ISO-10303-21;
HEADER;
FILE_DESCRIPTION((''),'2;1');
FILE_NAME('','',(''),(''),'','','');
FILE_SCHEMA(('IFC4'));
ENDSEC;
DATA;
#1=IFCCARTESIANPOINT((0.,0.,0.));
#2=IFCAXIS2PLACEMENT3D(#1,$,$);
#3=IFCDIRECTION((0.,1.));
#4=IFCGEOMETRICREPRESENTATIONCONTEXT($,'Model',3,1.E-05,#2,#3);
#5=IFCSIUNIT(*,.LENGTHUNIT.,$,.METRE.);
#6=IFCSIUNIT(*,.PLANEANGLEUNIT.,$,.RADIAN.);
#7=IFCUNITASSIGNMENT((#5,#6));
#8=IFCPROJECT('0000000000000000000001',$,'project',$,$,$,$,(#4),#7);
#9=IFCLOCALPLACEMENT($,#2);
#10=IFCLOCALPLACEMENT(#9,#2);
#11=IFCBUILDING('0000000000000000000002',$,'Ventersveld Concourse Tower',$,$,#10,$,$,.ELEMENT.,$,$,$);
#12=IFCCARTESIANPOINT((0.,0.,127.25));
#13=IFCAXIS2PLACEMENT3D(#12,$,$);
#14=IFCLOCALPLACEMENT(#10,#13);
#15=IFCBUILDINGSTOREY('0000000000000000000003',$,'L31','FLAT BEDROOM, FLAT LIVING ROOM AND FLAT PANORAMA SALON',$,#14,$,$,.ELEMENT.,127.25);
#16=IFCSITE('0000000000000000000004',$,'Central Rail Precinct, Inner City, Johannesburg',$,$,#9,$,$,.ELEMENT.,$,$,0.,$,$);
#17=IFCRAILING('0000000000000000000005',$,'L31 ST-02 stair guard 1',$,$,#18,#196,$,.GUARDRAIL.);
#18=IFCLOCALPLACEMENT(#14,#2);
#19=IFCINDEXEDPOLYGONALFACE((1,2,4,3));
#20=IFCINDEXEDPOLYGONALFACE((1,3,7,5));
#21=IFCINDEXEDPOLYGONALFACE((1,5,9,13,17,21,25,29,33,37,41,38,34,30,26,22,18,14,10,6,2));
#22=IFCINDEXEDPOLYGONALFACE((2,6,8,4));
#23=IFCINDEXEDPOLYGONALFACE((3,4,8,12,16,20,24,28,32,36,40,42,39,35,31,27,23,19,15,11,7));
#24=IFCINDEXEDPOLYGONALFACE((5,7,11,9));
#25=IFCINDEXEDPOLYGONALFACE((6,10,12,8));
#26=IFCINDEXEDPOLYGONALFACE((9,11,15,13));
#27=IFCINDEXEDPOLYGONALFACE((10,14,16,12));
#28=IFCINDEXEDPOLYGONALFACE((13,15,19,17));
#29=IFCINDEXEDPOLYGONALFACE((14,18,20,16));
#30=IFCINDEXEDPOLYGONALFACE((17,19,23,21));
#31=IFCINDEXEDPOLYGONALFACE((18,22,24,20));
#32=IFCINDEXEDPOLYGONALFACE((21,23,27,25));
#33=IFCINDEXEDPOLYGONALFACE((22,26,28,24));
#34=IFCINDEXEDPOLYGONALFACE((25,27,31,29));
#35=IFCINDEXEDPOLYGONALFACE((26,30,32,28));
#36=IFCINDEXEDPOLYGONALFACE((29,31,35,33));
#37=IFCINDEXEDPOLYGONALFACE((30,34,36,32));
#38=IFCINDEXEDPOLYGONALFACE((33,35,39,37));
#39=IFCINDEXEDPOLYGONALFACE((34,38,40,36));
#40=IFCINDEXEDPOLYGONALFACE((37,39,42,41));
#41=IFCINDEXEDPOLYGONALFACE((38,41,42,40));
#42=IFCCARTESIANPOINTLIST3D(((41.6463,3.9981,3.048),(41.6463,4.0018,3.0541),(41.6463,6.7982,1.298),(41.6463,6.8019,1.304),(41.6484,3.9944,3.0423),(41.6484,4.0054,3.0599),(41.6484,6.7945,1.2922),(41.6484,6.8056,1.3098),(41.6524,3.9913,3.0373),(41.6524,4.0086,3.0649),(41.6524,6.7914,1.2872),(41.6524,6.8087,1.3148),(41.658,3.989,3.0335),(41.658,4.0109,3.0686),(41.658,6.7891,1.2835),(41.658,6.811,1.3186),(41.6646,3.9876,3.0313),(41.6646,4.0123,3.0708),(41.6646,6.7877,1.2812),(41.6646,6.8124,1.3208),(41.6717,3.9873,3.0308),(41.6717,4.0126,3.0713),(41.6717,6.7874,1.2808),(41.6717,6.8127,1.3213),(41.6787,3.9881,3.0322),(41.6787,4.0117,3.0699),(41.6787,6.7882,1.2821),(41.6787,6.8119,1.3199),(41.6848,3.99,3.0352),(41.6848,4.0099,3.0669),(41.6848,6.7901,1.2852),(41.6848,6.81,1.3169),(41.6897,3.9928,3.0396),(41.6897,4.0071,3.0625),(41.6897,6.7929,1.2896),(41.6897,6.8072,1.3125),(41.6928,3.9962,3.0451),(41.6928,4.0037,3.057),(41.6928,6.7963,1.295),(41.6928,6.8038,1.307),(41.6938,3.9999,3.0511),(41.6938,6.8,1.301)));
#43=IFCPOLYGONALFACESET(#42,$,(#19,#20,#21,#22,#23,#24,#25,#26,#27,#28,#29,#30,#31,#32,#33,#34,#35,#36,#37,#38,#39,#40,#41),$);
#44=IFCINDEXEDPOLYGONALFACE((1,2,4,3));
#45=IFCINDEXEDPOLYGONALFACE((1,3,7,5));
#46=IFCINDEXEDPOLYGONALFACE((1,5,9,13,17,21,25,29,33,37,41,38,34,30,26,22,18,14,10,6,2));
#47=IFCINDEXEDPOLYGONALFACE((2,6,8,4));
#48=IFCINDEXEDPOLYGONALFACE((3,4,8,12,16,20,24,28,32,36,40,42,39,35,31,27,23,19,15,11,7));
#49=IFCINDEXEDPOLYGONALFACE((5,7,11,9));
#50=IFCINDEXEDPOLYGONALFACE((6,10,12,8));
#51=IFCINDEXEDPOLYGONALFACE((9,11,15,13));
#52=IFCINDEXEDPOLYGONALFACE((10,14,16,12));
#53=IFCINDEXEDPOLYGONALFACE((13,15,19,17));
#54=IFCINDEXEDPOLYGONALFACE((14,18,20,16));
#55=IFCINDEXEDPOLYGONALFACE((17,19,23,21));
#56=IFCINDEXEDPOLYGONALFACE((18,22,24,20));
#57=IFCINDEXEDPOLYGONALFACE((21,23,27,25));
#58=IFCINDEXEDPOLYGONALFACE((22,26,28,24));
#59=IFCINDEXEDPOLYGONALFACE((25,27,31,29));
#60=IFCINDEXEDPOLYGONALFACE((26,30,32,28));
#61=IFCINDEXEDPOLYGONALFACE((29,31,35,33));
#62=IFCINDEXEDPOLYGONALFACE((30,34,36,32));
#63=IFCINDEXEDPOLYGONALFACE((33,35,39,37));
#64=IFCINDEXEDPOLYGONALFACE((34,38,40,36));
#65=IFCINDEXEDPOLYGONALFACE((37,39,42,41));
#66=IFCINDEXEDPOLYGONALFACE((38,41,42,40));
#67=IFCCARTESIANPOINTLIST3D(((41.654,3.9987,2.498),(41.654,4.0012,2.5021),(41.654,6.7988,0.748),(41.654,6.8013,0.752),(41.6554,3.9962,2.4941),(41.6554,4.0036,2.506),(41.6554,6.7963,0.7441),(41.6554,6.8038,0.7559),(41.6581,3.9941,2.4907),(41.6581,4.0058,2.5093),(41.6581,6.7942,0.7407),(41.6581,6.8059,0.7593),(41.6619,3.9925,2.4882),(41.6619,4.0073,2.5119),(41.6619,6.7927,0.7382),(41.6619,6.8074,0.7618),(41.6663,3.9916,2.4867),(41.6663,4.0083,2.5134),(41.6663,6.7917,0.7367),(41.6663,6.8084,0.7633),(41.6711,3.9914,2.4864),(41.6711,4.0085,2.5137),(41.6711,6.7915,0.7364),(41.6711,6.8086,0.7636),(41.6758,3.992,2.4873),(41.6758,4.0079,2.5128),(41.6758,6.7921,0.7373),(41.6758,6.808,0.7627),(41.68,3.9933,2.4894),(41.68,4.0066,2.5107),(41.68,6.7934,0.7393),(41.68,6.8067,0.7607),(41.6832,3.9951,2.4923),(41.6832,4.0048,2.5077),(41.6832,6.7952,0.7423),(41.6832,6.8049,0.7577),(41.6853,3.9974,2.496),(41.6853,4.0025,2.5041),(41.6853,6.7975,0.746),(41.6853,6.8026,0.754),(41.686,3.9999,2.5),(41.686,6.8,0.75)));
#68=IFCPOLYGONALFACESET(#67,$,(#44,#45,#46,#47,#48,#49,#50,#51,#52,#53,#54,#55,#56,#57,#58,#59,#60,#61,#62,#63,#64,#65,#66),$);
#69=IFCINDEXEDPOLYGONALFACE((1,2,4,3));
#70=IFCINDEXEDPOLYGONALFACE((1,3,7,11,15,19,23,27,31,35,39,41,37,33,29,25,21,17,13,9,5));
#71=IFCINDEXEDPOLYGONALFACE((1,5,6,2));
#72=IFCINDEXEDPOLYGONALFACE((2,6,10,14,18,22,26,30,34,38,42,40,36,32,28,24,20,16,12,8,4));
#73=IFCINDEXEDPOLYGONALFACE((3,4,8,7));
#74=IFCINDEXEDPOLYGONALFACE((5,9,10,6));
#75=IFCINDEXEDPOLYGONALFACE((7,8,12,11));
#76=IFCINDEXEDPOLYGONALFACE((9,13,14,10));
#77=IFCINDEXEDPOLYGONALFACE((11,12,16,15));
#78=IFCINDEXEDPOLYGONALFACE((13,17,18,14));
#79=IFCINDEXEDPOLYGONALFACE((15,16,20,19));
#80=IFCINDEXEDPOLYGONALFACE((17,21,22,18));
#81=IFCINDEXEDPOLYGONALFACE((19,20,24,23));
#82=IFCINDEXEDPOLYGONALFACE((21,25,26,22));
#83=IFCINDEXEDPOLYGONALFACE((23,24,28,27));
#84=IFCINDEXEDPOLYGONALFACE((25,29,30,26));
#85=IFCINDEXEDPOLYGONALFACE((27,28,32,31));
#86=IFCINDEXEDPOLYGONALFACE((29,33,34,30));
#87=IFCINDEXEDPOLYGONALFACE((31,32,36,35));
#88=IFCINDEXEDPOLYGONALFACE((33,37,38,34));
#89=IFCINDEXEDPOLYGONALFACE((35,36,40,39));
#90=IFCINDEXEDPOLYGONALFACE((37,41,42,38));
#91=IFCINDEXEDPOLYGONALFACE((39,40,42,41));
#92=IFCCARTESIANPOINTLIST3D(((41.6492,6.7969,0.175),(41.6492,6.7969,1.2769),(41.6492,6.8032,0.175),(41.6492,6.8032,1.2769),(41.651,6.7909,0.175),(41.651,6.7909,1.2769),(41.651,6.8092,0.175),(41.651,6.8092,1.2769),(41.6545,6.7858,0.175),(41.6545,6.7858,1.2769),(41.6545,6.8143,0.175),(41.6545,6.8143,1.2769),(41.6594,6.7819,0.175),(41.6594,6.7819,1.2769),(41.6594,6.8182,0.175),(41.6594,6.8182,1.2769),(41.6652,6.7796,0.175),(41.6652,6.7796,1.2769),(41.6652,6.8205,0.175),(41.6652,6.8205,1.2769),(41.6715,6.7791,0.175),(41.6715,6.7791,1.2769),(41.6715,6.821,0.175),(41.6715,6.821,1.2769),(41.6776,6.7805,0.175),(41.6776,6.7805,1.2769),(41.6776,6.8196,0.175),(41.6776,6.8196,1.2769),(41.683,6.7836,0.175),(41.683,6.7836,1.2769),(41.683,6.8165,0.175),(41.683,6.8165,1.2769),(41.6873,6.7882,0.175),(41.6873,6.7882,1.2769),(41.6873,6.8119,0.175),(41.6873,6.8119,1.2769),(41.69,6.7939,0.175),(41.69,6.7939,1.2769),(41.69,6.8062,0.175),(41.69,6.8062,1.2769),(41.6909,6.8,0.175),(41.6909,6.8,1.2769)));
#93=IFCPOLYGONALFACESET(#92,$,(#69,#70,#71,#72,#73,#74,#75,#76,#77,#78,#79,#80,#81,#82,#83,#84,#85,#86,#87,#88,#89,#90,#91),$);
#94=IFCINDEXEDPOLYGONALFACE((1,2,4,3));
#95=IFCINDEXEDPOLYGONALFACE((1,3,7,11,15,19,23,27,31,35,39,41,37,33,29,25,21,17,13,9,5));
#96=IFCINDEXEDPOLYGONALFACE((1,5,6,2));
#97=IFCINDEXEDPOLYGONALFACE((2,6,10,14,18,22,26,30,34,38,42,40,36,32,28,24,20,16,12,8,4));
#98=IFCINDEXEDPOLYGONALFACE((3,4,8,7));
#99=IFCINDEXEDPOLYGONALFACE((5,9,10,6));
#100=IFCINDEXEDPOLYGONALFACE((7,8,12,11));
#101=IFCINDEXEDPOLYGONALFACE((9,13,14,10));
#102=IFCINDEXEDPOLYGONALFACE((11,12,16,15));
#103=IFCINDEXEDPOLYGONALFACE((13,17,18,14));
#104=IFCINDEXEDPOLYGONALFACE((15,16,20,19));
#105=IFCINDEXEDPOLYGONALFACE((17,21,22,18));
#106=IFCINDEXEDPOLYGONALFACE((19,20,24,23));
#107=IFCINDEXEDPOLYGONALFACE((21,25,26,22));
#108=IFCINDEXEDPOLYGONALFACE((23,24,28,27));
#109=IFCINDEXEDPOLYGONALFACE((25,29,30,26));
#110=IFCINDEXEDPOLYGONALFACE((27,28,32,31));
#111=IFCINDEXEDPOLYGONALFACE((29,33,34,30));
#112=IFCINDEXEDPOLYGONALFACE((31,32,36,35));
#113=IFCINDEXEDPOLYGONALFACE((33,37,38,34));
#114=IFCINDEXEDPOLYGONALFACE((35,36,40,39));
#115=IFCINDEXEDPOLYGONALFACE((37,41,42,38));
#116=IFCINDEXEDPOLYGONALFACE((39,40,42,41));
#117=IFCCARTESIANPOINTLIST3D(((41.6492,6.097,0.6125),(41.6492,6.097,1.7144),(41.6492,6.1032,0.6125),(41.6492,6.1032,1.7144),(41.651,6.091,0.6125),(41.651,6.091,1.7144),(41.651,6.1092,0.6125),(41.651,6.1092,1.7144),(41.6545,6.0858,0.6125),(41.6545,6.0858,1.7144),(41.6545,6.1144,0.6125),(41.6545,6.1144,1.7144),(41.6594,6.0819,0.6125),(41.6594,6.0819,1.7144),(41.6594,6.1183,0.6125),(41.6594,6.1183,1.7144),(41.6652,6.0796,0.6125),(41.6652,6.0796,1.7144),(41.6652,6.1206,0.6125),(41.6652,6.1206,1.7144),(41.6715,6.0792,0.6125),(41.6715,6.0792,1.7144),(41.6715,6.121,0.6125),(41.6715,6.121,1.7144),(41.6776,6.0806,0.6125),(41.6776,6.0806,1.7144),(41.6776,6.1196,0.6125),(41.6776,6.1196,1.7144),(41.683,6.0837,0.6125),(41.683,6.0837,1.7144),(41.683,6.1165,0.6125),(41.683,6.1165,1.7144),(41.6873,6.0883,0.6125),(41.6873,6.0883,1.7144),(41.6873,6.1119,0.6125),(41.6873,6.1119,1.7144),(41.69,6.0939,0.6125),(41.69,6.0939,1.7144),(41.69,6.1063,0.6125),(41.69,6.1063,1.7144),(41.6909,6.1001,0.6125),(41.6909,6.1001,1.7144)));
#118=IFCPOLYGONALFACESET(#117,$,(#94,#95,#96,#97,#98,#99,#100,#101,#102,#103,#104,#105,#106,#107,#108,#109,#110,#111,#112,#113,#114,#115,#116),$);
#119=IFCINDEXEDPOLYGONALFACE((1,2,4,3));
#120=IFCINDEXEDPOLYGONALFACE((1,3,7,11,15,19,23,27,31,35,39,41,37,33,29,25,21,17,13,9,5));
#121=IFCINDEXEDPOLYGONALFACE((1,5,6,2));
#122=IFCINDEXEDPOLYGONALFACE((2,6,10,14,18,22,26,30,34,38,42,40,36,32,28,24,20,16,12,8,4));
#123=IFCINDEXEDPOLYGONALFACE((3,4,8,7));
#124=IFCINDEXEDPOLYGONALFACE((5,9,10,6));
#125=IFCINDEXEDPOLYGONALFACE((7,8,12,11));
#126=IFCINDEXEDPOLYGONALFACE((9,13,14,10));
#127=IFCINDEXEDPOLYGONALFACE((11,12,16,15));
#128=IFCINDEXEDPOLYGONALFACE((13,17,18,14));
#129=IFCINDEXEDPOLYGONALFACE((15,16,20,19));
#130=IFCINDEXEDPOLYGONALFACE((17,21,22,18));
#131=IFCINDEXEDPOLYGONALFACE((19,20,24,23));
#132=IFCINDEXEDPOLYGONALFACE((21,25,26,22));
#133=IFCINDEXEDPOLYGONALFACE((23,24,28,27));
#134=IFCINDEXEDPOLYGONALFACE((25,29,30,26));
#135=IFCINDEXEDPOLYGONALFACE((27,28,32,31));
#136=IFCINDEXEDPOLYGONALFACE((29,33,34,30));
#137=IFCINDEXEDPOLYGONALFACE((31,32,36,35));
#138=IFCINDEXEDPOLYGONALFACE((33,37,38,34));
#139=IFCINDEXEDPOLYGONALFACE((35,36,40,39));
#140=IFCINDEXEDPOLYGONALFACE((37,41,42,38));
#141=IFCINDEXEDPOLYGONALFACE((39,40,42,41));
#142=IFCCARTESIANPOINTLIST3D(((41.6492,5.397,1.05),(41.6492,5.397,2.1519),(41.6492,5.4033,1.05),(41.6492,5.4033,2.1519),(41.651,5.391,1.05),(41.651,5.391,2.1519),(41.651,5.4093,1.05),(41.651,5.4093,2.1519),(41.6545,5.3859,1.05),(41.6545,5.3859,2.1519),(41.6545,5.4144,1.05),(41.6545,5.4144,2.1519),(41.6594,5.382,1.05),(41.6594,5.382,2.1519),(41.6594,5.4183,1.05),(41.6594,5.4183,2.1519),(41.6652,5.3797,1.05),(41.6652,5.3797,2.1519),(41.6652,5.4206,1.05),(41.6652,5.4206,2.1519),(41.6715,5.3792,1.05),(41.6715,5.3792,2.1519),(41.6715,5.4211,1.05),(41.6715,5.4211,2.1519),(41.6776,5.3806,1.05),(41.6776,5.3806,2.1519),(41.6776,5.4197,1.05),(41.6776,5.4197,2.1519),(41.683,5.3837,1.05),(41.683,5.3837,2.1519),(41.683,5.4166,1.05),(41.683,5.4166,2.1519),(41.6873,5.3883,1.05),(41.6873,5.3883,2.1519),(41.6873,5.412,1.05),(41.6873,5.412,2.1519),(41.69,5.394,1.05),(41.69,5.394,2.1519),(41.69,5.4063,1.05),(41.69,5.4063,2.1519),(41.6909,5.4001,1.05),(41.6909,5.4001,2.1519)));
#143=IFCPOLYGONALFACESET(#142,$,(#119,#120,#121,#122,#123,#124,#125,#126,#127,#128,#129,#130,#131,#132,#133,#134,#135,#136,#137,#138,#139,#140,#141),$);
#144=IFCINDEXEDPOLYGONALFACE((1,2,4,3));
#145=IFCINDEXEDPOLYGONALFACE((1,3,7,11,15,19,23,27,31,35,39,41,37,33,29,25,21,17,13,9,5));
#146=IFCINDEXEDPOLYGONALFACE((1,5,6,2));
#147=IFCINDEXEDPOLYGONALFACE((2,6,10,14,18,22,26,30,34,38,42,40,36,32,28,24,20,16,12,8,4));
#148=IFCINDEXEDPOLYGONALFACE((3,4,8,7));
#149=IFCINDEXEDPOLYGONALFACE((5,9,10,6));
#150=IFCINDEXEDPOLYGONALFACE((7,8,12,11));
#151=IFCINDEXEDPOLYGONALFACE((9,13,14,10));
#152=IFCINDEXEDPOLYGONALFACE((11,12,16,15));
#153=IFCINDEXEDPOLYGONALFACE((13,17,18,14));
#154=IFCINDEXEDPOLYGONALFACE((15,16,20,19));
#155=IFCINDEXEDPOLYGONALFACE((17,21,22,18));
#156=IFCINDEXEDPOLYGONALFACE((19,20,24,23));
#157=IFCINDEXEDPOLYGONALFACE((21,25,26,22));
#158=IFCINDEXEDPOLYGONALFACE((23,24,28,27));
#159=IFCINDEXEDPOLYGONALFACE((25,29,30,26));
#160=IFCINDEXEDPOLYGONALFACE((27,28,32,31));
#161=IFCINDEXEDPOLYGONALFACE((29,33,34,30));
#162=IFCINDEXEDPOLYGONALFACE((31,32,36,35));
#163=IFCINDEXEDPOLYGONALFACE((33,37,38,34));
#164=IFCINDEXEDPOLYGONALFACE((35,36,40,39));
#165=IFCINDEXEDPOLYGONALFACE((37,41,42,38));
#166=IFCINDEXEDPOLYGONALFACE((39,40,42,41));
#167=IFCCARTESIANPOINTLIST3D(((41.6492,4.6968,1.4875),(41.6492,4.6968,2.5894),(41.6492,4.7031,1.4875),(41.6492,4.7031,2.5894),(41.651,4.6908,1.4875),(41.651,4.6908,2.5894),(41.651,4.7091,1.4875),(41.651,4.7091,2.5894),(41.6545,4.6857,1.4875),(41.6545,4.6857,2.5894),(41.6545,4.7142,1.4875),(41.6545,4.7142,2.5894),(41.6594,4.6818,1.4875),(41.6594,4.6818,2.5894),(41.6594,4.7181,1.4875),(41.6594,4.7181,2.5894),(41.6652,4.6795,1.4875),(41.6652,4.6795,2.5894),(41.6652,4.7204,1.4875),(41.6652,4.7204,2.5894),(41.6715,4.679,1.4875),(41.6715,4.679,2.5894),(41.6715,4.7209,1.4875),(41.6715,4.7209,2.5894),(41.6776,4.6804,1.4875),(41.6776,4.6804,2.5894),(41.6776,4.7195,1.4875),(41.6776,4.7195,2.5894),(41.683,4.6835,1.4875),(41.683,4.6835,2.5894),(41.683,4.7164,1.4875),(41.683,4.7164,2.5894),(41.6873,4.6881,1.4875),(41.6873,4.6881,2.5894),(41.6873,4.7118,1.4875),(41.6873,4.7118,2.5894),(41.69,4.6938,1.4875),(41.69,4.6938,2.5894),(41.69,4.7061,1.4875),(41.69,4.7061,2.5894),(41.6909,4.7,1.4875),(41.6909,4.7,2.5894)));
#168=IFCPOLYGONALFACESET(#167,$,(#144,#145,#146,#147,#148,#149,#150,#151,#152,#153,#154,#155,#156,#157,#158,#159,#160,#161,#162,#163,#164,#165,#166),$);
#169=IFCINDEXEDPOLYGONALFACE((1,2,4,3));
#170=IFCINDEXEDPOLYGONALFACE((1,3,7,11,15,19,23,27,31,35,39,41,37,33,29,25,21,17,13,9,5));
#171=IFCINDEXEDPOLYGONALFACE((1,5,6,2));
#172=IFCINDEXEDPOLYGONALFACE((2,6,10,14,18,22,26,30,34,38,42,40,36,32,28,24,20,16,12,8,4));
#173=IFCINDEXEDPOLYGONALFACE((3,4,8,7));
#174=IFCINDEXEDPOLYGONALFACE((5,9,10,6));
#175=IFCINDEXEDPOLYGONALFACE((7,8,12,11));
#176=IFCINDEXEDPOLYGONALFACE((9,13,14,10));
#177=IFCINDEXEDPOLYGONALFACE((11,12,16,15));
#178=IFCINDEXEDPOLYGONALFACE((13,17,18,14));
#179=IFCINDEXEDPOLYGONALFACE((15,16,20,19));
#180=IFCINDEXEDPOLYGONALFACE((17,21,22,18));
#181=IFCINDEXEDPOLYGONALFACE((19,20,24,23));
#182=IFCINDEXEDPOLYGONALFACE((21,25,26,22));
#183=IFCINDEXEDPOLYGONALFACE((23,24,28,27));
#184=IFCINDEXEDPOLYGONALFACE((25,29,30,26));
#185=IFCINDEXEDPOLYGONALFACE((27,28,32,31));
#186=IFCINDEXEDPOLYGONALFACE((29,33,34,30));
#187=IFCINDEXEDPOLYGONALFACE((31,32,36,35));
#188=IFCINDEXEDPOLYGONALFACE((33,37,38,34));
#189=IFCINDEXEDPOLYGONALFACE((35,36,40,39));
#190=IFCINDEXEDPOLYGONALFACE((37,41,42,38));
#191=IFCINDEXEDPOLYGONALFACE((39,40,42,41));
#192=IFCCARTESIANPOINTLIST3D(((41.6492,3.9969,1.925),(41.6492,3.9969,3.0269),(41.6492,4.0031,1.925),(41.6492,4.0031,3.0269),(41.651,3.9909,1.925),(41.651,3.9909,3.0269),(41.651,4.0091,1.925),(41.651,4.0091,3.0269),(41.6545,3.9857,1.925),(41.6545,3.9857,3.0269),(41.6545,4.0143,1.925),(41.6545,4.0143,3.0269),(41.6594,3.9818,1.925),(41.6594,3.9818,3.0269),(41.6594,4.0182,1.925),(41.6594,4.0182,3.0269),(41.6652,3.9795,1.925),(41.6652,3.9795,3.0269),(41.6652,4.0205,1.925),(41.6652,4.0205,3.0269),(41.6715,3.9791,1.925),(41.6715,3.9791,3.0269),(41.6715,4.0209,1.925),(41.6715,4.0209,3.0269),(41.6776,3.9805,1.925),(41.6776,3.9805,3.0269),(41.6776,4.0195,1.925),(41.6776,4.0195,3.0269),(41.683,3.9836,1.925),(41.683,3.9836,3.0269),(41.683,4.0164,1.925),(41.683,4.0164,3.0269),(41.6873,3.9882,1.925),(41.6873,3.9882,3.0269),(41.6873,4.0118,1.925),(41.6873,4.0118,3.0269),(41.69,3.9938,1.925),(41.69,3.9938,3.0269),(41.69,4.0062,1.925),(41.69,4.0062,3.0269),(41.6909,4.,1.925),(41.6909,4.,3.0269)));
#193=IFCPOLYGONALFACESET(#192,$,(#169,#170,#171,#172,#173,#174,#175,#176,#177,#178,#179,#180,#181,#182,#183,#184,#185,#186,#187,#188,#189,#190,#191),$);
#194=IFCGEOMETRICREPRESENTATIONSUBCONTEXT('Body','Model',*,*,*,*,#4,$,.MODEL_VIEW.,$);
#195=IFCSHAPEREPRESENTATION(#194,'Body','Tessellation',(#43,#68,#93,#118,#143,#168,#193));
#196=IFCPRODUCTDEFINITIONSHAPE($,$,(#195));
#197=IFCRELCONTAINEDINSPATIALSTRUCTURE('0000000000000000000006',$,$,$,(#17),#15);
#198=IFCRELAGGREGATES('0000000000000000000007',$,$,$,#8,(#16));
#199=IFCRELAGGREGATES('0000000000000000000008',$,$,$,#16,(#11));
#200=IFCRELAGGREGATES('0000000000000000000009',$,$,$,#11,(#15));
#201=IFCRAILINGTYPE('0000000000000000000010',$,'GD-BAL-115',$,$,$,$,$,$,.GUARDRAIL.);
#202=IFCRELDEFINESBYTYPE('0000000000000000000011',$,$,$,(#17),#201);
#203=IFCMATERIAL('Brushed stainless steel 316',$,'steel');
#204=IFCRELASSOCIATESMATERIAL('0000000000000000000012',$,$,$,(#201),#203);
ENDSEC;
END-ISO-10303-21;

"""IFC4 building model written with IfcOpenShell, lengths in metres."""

from ifc_helpers import new_model, si_unit, direction, frame, origin, origin_2d, place, context, subcontext, project, spatial, circle, extrude, material, type_object, element, save


model = new_model("IFC4")

# Units and contexts
model_context = context("Model", 3, precision=1e-05, world=origin(), true_north=direction((0.0, 1.0)))
body_context = subcontext(model_context, "Body", "Model", "MODEL_VIEW")
ifc_project = project(units=[si_unit("LENGTHUNIT", "METRE"), si_unit("PLANEANGLEUNIT", "RADIAN")], contexts=[model_context])

# Site, building, storey
site_placement = place(None, origin())
site = spatial("IfcSite", under=ifc_project, at=site_placement, Name="Central Rail Precinct, Inner City, Johannesburg", CompositionType="ELEMENT", RefElevation=0.0)
building_placement = place(site_placement, origin())
building = spatial("IfcBuilding", under=site, at=building_placement, Name="Ventersveld Concourse Tower", CompositionType="ELEMENT")
storey_placement = place(building_placement, frame((0.0, 0.0, 127.25)))
storey = spatial("IfcBuildingStorey", under=building, at=storey_placement, Name="L31", Description="FLAT BEDROOM, FLAT LIVING ROOM AND FLAT PANORAMA SALON", CompositionType="ELEMENT", Elevation=127.25)

# Railing
ifc_material_1 = material(Name="Brushed stainless steel 316", Category="steel")
railing_type_1 = type_object("IfcRailingType", Name="GD-BAL-115", PredefinedType="GUARDRAIL", material=ifc_material_1)
railing_1_placement = place(storey_placement, frame((41.6699, 6.8, 0.175)))
element("IfcRailing", 1, at=railing_1_placement, inside=storey, type_object=railing_type_1, Name="L31 ST-02 stair guard 1", PredefinedType="GUARDRAIL", context=body_context, shape_type="SweptSolid", body=[
    extrude(circle(Radius=0.0239, at=origin_2d()), frame((0.0, 0.0, 1.126), z_axis=(0.0, -0.848002, 0.529992), x_axis=(1.0, 0.0, 0.0)), (0.0, 0.0, 1.0), 3.302),
    extrude(circle(Radius=0.0161, at=origin_2d()), frame((0.0, 0.0, 0.575), z_axis=(0.0, -0.848002, 0.529992), x_axis=(1.0, 0.0, 0.0)), (0.0, 0.0, 1.0), 3.302),
    extrude(circle(Radius=0.021, at=origin_2d()), origin(), (0.0, 0.0, 1.0), 1.1018),
    extrude(circle(Radius=0.021, at=origin_2d()), frame((0.0, -0.7, 0.4375)), (0.0, 0.0, 1.0), 1.1018),
    extrude(circle(Radius=0.021, at=origin_2d()), frame((0.0, -1.3999, 0.875)), (0.0, 0.0, 1.0), 1.1018),
    extrude(circle(Radius=0.021, at=origin_2d()), frame((0.0, -2.1001, 1.3125)), (0.0, 0.0, 1.0), 1.1018),
    extrude(circle(Radius=0.021, at=origin_2d()), frame((0.0, -2.8, 1.75)), (0.0, 0.0, 1.0), 1.1018),
])

save(model, "model.ifc")
